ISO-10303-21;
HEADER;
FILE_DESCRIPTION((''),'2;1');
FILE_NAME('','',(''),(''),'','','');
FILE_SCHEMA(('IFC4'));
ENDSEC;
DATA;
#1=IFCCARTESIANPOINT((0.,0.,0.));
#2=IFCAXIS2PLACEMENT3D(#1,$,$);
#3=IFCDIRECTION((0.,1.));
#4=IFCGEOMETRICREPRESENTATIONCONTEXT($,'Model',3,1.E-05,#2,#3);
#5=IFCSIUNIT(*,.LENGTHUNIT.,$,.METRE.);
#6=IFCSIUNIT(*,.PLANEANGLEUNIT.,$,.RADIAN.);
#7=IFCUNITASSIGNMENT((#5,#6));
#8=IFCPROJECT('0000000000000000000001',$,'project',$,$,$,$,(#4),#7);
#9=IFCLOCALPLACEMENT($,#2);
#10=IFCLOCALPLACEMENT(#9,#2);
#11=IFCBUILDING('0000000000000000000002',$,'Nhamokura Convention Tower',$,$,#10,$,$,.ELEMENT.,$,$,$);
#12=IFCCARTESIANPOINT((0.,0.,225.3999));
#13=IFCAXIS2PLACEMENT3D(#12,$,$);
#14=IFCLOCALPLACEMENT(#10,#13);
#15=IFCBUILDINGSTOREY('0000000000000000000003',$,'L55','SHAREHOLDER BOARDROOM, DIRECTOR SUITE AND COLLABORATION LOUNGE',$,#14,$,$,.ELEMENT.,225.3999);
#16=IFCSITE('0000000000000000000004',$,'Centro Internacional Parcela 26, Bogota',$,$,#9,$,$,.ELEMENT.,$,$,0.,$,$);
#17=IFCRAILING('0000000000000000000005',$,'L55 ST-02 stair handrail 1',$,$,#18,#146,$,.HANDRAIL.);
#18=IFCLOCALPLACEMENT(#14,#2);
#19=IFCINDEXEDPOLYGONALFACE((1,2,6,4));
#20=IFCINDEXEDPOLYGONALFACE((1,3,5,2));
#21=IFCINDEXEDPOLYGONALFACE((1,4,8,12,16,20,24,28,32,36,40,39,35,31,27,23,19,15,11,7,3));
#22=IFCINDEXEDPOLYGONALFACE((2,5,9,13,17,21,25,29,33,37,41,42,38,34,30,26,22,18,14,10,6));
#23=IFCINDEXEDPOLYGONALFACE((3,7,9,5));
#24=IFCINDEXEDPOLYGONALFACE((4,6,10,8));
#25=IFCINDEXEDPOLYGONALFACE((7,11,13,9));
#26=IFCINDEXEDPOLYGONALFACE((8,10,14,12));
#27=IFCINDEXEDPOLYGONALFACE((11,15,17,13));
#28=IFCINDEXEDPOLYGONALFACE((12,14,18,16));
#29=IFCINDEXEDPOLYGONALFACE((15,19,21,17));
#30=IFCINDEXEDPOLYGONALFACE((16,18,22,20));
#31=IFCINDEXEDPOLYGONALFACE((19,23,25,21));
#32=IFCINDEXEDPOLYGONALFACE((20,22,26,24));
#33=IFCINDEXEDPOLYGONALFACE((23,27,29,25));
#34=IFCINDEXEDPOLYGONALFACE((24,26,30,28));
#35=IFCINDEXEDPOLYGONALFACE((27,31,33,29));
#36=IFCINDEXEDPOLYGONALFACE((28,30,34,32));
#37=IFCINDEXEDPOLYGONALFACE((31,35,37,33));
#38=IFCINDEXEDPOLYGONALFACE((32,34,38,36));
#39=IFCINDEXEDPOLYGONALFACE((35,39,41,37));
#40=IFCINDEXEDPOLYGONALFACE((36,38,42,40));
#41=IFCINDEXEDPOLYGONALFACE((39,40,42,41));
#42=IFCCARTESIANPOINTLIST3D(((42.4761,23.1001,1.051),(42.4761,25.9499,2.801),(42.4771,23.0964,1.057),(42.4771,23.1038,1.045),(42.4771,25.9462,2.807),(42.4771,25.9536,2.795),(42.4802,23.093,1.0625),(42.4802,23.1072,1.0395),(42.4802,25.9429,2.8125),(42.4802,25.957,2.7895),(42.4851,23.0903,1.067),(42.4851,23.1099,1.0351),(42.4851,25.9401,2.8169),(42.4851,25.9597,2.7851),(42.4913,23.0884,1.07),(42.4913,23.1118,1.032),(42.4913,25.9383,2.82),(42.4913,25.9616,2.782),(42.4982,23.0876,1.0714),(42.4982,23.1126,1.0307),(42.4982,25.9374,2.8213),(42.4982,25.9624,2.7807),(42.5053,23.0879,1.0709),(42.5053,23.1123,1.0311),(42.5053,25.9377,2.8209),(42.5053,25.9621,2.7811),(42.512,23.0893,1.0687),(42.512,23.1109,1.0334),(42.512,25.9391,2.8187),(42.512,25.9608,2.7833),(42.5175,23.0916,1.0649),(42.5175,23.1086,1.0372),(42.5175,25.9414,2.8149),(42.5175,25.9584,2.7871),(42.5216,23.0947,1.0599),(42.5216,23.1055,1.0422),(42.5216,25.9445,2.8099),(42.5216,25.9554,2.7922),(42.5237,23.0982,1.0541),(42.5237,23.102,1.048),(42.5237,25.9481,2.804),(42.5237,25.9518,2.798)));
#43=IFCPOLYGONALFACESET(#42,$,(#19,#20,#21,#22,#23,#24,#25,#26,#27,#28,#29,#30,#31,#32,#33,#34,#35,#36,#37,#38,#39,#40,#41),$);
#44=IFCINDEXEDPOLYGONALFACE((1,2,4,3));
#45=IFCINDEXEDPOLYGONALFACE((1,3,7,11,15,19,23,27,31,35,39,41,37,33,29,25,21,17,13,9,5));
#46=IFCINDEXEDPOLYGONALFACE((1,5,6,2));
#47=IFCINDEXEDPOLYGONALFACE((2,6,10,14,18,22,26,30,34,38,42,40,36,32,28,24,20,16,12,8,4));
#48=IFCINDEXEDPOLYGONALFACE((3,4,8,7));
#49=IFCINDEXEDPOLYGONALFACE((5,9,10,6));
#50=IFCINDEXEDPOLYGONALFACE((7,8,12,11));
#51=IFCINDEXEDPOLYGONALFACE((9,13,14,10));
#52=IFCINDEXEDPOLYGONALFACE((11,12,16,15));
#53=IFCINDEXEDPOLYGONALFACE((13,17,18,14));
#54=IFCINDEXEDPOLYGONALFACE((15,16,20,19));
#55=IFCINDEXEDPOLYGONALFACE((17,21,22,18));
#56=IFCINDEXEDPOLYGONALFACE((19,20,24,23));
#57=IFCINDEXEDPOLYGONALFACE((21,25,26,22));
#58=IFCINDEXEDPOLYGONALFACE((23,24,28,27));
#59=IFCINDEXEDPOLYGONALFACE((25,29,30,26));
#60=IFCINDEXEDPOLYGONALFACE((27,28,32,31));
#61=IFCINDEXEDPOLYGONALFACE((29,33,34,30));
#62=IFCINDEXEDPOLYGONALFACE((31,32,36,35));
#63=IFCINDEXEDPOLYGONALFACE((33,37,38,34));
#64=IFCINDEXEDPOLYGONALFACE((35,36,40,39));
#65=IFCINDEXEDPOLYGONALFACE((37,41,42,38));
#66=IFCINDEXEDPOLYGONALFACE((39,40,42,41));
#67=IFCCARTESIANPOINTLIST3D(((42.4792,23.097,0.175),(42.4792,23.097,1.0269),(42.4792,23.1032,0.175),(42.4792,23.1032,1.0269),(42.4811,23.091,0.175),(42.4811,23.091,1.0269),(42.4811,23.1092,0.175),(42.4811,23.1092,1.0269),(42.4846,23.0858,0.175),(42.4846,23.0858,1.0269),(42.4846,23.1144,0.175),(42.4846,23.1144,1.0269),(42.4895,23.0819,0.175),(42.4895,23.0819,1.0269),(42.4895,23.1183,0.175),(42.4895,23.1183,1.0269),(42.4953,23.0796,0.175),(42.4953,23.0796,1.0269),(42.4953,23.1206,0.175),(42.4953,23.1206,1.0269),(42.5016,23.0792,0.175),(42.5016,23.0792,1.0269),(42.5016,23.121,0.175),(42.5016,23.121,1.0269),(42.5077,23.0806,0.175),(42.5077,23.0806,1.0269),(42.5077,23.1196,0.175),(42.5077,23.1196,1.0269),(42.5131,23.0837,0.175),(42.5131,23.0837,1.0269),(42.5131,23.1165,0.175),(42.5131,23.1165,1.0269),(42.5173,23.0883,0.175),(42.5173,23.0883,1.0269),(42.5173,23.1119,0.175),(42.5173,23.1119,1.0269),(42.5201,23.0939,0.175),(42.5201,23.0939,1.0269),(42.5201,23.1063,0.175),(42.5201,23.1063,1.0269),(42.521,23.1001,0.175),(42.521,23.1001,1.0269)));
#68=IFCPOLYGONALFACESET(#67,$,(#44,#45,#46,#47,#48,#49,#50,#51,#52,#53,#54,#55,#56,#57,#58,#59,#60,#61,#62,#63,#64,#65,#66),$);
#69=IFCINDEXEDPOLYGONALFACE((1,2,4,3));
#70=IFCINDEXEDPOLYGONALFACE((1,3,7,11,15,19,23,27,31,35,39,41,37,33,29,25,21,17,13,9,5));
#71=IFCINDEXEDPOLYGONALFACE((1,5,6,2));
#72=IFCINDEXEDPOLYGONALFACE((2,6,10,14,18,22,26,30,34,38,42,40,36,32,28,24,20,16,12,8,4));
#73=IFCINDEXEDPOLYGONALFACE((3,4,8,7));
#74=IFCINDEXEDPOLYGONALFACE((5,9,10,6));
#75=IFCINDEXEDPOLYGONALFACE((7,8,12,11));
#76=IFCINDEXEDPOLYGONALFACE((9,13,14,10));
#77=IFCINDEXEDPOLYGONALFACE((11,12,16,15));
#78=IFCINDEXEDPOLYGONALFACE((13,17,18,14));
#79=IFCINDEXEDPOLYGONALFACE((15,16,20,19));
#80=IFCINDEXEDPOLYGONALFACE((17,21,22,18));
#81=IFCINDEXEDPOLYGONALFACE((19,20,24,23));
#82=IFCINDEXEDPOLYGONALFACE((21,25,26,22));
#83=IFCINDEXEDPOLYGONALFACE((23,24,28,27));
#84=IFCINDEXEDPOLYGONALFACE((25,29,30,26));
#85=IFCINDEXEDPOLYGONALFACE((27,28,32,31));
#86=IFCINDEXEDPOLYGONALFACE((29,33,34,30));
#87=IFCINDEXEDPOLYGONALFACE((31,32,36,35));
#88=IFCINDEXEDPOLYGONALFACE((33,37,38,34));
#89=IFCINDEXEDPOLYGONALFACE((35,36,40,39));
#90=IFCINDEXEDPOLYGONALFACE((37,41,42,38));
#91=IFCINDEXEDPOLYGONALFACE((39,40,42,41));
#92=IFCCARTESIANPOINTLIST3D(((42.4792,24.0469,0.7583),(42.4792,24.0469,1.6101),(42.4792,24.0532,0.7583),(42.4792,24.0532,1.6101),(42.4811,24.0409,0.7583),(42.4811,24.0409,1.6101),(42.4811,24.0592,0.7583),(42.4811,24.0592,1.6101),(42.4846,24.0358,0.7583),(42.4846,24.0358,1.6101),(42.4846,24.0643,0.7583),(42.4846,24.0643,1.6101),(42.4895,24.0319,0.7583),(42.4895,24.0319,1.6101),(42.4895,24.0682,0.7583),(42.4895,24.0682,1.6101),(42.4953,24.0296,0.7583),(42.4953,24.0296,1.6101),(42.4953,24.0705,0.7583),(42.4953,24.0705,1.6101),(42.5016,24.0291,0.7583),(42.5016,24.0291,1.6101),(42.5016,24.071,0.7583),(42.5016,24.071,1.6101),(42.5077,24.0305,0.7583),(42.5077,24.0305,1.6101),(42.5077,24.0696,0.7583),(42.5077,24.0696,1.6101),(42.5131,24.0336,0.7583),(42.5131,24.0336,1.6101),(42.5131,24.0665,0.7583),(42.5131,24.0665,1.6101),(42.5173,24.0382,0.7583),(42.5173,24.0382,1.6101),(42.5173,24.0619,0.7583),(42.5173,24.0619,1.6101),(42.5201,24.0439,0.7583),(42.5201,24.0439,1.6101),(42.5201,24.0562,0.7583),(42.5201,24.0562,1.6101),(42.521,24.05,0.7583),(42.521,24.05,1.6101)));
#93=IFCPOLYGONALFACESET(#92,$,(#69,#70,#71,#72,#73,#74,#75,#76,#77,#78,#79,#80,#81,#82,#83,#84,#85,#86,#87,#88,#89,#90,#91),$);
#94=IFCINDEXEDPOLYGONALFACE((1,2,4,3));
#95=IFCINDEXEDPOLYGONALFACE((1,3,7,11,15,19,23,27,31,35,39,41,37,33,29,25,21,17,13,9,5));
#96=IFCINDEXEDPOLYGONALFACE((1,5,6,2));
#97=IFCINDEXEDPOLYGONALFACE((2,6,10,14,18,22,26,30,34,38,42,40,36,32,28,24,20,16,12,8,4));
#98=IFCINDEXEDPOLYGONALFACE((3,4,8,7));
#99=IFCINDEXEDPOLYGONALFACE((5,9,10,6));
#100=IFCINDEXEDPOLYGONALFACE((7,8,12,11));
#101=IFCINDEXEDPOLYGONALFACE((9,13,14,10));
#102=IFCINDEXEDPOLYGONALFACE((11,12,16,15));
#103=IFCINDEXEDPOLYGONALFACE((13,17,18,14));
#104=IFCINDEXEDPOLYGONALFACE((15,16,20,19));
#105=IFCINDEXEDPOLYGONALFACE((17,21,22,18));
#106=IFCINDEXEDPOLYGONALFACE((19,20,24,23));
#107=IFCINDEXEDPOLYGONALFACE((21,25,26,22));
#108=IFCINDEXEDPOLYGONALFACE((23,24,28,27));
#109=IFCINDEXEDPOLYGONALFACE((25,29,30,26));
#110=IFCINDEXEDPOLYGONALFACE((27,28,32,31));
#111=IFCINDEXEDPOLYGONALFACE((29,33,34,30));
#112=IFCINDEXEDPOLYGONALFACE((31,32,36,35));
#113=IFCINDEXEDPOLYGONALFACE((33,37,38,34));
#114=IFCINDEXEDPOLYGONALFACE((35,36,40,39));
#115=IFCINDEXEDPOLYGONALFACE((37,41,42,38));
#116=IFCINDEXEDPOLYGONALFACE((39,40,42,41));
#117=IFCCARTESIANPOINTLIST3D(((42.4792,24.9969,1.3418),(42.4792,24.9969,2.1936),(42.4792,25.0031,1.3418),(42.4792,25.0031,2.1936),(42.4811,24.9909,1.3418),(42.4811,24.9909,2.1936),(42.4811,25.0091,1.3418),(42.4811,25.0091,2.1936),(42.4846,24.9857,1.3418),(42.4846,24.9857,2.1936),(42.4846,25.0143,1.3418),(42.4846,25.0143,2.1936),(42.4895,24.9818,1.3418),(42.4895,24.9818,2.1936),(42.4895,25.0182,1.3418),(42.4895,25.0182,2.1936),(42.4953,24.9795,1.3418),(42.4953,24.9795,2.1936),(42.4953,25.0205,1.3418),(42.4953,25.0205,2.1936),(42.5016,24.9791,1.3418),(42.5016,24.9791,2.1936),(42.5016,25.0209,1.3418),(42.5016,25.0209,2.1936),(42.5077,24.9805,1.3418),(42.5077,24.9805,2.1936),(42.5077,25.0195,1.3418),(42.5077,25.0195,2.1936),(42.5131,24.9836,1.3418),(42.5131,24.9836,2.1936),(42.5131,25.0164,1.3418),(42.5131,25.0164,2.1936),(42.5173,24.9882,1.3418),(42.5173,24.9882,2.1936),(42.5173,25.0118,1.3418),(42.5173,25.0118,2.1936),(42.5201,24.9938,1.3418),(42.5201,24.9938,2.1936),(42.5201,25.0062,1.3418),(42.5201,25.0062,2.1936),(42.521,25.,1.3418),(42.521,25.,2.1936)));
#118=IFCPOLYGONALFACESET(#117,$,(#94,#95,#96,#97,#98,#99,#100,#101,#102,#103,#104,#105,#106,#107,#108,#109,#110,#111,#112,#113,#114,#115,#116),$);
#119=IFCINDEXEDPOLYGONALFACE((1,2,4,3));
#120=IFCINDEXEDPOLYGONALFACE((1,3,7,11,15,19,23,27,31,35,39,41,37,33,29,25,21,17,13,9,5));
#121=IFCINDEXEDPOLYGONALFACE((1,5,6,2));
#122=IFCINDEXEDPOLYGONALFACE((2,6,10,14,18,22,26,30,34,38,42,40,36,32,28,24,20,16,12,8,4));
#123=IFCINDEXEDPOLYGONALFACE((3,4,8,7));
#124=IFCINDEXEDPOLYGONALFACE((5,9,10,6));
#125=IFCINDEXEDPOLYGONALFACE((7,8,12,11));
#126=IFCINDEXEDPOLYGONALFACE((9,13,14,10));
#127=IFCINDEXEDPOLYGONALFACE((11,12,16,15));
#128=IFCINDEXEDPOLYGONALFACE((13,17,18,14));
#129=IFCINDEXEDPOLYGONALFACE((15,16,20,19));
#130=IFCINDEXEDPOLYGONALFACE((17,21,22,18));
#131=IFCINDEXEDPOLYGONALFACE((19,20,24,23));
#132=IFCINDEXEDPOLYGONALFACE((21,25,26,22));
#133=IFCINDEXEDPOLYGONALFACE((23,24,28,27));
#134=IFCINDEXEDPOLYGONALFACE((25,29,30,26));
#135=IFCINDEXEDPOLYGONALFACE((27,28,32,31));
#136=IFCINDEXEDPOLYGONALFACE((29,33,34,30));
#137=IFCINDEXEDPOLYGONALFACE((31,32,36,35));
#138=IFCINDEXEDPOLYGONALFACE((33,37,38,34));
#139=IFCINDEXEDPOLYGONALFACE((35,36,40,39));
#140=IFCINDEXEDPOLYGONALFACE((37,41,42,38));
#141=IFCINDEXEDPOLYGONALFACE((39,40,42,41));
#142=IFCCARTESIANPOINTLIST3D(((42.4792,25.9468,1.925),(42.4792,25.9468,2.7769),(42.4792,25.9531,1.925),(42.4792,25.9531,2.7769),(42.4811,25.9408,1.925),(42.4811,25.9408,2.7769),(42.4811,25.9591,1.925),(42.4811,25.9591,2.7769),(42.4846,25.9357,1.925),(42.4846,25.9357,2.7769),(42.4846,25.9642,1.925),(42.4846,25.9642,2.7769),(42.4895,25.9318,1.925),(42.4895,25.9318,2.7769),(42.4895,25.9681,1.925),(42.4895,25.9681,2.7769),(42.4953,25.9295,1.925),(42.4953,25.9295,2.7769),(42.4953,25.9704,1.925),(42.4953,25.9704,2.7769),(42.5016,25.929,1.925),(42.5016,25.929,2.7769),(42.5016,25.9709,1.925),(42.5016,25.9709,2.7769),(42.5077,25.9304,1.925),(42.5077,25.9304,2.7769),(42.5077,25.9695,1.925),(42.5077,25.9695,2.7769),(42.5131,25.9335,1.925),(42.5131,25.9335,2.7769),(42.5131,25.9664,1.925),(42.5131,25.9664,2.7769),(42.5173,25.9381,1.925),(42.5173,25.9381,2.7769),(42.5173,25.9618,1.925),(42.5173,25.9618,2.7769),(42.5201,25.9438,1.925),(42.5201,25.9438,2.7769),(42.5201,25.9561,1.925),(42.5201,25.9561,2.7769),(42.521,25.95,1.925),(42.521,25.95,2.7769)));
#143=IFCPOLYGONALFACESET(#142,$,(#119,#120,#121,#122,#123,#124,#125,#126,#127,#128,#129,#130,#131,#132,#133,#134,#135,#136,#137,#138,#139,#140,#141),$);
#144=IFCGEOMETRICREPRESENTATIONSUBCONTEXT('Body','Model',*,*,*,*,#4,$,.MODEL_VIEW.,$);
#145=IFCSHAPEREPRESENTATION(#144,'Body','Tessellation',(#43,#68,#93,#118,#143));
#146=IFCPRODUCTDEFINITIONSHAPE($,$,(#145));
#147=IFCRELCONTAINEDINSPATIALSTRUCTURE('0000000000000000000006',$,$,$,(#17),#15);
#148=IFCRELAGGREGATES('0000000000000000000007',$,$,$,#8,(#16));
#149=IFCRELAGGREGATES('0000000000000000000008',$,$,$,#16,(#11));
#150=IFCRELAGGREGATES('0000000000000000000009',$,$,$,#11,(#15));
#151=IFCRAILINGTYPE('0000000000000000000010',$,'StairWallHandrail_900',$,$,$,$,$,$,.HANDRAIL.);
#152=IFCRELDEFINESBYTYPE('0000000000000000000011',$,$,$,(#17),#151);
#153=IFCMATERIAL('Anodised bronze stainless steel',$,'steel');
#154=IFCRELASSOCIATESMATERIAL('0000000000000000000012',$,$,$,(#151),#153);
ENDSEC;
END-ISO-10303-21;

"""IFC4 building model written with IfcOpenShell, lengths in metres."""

from ifc_helpers import new_model, si_unit, direction, frame, origin, origin_2d, place, context, subcontext, project, spatial, circle, extrude, material, type_object, element, save


model = new_model("IFC4")

# Units and contexts
model_context = context("Model", 3, precision=1e-05, world=origin(), true_north=direction((0.0, 1.0)))
body_context = subcontext(model_context, "Body", "Model", "MODEL_VIEW")
ifc_project = project(units=[si_unit("LENGTHUNIT", "METRE"), si_unit("PLANEANGLEUNIT", "RADIAN")], contexts=[model_context])

# Site, building, storey
site_placement = place(None, origin())
site = spatial("IfcSite", under=ifc_project, at=site_placement, Name="Centro Internacional Parcela 26, Bogota", CompositionType="ELEMENT", RefElevation=0.0)
building_placement = place(site_placement, origin())
building = spatial("IfcBuilding", under=site, at=building_placement, Name="Nhamokura Convention Tower", CompositionType="ELEMENT")
storey_placement = place(building_placement, frame((0.0, 0.0, 225.3999)))
storey = spatial("IfcBuildingStorey", under=building, at=storey_placement, Name="L55", Description="SHAREHOLDER BOARDROOM, DIRECTOR SUITE AND COLLABORATION LOUNGE", CompositionType="ELEMENT", Elevation=225.3999)

# Railing
ifc_material_1 = material(Name="Anodised bronze stainless steel", Category="steel")
railing_type = type_object("IfcRailingType", Name="StairWallHandrail_900", PredefinedType="HANDRAIL", material=ifc_material_1)
railing_placement = place(storey_placement, frame((42.5, 23.1001, 0.175)))
element("IfcRailing", 1, at=railing_placement, inside=storey, type_object=railing_type, Name="L55 ST-02 stair handrail 1", PredefinedType="HANDRAIL", context=body_context, shape_type="SweptSolid", body=[
    extrude(circle(Radius=0.0239, at=origin_2d()), frame((0.0, 0.0, 0.876), z_axis=(0.0, 0.852159, 0.523283), x_axis=(-1.0, 0.0, 0.0)), (0.0, 0.0, 1.0), 3.3442),
    extrude(circle(Radius=0.021, at=origin_2d()), origin(), (0.0, 0.0, 1.0), 0.8518),
    extrude(circle(Radius=0.021, at=origin_2d()), frame((0.0, 0.95, 0.5833)), (0.0, 0.0, 1.0), 0.8518),
    extrude(circle(Radius=0.021, at=origin_2d()), frame((0.0, 1.8999, 1.1667)), (0.0, 0.0, 1.0), 0.8518),
    extrude(circle(Radius=0.021, at=origin_2d()), frame((0.0, 2.8499, 1.75)), (0.0, 0.0, 1.0), 0.8518),
])

save(model, "model.ifc")
